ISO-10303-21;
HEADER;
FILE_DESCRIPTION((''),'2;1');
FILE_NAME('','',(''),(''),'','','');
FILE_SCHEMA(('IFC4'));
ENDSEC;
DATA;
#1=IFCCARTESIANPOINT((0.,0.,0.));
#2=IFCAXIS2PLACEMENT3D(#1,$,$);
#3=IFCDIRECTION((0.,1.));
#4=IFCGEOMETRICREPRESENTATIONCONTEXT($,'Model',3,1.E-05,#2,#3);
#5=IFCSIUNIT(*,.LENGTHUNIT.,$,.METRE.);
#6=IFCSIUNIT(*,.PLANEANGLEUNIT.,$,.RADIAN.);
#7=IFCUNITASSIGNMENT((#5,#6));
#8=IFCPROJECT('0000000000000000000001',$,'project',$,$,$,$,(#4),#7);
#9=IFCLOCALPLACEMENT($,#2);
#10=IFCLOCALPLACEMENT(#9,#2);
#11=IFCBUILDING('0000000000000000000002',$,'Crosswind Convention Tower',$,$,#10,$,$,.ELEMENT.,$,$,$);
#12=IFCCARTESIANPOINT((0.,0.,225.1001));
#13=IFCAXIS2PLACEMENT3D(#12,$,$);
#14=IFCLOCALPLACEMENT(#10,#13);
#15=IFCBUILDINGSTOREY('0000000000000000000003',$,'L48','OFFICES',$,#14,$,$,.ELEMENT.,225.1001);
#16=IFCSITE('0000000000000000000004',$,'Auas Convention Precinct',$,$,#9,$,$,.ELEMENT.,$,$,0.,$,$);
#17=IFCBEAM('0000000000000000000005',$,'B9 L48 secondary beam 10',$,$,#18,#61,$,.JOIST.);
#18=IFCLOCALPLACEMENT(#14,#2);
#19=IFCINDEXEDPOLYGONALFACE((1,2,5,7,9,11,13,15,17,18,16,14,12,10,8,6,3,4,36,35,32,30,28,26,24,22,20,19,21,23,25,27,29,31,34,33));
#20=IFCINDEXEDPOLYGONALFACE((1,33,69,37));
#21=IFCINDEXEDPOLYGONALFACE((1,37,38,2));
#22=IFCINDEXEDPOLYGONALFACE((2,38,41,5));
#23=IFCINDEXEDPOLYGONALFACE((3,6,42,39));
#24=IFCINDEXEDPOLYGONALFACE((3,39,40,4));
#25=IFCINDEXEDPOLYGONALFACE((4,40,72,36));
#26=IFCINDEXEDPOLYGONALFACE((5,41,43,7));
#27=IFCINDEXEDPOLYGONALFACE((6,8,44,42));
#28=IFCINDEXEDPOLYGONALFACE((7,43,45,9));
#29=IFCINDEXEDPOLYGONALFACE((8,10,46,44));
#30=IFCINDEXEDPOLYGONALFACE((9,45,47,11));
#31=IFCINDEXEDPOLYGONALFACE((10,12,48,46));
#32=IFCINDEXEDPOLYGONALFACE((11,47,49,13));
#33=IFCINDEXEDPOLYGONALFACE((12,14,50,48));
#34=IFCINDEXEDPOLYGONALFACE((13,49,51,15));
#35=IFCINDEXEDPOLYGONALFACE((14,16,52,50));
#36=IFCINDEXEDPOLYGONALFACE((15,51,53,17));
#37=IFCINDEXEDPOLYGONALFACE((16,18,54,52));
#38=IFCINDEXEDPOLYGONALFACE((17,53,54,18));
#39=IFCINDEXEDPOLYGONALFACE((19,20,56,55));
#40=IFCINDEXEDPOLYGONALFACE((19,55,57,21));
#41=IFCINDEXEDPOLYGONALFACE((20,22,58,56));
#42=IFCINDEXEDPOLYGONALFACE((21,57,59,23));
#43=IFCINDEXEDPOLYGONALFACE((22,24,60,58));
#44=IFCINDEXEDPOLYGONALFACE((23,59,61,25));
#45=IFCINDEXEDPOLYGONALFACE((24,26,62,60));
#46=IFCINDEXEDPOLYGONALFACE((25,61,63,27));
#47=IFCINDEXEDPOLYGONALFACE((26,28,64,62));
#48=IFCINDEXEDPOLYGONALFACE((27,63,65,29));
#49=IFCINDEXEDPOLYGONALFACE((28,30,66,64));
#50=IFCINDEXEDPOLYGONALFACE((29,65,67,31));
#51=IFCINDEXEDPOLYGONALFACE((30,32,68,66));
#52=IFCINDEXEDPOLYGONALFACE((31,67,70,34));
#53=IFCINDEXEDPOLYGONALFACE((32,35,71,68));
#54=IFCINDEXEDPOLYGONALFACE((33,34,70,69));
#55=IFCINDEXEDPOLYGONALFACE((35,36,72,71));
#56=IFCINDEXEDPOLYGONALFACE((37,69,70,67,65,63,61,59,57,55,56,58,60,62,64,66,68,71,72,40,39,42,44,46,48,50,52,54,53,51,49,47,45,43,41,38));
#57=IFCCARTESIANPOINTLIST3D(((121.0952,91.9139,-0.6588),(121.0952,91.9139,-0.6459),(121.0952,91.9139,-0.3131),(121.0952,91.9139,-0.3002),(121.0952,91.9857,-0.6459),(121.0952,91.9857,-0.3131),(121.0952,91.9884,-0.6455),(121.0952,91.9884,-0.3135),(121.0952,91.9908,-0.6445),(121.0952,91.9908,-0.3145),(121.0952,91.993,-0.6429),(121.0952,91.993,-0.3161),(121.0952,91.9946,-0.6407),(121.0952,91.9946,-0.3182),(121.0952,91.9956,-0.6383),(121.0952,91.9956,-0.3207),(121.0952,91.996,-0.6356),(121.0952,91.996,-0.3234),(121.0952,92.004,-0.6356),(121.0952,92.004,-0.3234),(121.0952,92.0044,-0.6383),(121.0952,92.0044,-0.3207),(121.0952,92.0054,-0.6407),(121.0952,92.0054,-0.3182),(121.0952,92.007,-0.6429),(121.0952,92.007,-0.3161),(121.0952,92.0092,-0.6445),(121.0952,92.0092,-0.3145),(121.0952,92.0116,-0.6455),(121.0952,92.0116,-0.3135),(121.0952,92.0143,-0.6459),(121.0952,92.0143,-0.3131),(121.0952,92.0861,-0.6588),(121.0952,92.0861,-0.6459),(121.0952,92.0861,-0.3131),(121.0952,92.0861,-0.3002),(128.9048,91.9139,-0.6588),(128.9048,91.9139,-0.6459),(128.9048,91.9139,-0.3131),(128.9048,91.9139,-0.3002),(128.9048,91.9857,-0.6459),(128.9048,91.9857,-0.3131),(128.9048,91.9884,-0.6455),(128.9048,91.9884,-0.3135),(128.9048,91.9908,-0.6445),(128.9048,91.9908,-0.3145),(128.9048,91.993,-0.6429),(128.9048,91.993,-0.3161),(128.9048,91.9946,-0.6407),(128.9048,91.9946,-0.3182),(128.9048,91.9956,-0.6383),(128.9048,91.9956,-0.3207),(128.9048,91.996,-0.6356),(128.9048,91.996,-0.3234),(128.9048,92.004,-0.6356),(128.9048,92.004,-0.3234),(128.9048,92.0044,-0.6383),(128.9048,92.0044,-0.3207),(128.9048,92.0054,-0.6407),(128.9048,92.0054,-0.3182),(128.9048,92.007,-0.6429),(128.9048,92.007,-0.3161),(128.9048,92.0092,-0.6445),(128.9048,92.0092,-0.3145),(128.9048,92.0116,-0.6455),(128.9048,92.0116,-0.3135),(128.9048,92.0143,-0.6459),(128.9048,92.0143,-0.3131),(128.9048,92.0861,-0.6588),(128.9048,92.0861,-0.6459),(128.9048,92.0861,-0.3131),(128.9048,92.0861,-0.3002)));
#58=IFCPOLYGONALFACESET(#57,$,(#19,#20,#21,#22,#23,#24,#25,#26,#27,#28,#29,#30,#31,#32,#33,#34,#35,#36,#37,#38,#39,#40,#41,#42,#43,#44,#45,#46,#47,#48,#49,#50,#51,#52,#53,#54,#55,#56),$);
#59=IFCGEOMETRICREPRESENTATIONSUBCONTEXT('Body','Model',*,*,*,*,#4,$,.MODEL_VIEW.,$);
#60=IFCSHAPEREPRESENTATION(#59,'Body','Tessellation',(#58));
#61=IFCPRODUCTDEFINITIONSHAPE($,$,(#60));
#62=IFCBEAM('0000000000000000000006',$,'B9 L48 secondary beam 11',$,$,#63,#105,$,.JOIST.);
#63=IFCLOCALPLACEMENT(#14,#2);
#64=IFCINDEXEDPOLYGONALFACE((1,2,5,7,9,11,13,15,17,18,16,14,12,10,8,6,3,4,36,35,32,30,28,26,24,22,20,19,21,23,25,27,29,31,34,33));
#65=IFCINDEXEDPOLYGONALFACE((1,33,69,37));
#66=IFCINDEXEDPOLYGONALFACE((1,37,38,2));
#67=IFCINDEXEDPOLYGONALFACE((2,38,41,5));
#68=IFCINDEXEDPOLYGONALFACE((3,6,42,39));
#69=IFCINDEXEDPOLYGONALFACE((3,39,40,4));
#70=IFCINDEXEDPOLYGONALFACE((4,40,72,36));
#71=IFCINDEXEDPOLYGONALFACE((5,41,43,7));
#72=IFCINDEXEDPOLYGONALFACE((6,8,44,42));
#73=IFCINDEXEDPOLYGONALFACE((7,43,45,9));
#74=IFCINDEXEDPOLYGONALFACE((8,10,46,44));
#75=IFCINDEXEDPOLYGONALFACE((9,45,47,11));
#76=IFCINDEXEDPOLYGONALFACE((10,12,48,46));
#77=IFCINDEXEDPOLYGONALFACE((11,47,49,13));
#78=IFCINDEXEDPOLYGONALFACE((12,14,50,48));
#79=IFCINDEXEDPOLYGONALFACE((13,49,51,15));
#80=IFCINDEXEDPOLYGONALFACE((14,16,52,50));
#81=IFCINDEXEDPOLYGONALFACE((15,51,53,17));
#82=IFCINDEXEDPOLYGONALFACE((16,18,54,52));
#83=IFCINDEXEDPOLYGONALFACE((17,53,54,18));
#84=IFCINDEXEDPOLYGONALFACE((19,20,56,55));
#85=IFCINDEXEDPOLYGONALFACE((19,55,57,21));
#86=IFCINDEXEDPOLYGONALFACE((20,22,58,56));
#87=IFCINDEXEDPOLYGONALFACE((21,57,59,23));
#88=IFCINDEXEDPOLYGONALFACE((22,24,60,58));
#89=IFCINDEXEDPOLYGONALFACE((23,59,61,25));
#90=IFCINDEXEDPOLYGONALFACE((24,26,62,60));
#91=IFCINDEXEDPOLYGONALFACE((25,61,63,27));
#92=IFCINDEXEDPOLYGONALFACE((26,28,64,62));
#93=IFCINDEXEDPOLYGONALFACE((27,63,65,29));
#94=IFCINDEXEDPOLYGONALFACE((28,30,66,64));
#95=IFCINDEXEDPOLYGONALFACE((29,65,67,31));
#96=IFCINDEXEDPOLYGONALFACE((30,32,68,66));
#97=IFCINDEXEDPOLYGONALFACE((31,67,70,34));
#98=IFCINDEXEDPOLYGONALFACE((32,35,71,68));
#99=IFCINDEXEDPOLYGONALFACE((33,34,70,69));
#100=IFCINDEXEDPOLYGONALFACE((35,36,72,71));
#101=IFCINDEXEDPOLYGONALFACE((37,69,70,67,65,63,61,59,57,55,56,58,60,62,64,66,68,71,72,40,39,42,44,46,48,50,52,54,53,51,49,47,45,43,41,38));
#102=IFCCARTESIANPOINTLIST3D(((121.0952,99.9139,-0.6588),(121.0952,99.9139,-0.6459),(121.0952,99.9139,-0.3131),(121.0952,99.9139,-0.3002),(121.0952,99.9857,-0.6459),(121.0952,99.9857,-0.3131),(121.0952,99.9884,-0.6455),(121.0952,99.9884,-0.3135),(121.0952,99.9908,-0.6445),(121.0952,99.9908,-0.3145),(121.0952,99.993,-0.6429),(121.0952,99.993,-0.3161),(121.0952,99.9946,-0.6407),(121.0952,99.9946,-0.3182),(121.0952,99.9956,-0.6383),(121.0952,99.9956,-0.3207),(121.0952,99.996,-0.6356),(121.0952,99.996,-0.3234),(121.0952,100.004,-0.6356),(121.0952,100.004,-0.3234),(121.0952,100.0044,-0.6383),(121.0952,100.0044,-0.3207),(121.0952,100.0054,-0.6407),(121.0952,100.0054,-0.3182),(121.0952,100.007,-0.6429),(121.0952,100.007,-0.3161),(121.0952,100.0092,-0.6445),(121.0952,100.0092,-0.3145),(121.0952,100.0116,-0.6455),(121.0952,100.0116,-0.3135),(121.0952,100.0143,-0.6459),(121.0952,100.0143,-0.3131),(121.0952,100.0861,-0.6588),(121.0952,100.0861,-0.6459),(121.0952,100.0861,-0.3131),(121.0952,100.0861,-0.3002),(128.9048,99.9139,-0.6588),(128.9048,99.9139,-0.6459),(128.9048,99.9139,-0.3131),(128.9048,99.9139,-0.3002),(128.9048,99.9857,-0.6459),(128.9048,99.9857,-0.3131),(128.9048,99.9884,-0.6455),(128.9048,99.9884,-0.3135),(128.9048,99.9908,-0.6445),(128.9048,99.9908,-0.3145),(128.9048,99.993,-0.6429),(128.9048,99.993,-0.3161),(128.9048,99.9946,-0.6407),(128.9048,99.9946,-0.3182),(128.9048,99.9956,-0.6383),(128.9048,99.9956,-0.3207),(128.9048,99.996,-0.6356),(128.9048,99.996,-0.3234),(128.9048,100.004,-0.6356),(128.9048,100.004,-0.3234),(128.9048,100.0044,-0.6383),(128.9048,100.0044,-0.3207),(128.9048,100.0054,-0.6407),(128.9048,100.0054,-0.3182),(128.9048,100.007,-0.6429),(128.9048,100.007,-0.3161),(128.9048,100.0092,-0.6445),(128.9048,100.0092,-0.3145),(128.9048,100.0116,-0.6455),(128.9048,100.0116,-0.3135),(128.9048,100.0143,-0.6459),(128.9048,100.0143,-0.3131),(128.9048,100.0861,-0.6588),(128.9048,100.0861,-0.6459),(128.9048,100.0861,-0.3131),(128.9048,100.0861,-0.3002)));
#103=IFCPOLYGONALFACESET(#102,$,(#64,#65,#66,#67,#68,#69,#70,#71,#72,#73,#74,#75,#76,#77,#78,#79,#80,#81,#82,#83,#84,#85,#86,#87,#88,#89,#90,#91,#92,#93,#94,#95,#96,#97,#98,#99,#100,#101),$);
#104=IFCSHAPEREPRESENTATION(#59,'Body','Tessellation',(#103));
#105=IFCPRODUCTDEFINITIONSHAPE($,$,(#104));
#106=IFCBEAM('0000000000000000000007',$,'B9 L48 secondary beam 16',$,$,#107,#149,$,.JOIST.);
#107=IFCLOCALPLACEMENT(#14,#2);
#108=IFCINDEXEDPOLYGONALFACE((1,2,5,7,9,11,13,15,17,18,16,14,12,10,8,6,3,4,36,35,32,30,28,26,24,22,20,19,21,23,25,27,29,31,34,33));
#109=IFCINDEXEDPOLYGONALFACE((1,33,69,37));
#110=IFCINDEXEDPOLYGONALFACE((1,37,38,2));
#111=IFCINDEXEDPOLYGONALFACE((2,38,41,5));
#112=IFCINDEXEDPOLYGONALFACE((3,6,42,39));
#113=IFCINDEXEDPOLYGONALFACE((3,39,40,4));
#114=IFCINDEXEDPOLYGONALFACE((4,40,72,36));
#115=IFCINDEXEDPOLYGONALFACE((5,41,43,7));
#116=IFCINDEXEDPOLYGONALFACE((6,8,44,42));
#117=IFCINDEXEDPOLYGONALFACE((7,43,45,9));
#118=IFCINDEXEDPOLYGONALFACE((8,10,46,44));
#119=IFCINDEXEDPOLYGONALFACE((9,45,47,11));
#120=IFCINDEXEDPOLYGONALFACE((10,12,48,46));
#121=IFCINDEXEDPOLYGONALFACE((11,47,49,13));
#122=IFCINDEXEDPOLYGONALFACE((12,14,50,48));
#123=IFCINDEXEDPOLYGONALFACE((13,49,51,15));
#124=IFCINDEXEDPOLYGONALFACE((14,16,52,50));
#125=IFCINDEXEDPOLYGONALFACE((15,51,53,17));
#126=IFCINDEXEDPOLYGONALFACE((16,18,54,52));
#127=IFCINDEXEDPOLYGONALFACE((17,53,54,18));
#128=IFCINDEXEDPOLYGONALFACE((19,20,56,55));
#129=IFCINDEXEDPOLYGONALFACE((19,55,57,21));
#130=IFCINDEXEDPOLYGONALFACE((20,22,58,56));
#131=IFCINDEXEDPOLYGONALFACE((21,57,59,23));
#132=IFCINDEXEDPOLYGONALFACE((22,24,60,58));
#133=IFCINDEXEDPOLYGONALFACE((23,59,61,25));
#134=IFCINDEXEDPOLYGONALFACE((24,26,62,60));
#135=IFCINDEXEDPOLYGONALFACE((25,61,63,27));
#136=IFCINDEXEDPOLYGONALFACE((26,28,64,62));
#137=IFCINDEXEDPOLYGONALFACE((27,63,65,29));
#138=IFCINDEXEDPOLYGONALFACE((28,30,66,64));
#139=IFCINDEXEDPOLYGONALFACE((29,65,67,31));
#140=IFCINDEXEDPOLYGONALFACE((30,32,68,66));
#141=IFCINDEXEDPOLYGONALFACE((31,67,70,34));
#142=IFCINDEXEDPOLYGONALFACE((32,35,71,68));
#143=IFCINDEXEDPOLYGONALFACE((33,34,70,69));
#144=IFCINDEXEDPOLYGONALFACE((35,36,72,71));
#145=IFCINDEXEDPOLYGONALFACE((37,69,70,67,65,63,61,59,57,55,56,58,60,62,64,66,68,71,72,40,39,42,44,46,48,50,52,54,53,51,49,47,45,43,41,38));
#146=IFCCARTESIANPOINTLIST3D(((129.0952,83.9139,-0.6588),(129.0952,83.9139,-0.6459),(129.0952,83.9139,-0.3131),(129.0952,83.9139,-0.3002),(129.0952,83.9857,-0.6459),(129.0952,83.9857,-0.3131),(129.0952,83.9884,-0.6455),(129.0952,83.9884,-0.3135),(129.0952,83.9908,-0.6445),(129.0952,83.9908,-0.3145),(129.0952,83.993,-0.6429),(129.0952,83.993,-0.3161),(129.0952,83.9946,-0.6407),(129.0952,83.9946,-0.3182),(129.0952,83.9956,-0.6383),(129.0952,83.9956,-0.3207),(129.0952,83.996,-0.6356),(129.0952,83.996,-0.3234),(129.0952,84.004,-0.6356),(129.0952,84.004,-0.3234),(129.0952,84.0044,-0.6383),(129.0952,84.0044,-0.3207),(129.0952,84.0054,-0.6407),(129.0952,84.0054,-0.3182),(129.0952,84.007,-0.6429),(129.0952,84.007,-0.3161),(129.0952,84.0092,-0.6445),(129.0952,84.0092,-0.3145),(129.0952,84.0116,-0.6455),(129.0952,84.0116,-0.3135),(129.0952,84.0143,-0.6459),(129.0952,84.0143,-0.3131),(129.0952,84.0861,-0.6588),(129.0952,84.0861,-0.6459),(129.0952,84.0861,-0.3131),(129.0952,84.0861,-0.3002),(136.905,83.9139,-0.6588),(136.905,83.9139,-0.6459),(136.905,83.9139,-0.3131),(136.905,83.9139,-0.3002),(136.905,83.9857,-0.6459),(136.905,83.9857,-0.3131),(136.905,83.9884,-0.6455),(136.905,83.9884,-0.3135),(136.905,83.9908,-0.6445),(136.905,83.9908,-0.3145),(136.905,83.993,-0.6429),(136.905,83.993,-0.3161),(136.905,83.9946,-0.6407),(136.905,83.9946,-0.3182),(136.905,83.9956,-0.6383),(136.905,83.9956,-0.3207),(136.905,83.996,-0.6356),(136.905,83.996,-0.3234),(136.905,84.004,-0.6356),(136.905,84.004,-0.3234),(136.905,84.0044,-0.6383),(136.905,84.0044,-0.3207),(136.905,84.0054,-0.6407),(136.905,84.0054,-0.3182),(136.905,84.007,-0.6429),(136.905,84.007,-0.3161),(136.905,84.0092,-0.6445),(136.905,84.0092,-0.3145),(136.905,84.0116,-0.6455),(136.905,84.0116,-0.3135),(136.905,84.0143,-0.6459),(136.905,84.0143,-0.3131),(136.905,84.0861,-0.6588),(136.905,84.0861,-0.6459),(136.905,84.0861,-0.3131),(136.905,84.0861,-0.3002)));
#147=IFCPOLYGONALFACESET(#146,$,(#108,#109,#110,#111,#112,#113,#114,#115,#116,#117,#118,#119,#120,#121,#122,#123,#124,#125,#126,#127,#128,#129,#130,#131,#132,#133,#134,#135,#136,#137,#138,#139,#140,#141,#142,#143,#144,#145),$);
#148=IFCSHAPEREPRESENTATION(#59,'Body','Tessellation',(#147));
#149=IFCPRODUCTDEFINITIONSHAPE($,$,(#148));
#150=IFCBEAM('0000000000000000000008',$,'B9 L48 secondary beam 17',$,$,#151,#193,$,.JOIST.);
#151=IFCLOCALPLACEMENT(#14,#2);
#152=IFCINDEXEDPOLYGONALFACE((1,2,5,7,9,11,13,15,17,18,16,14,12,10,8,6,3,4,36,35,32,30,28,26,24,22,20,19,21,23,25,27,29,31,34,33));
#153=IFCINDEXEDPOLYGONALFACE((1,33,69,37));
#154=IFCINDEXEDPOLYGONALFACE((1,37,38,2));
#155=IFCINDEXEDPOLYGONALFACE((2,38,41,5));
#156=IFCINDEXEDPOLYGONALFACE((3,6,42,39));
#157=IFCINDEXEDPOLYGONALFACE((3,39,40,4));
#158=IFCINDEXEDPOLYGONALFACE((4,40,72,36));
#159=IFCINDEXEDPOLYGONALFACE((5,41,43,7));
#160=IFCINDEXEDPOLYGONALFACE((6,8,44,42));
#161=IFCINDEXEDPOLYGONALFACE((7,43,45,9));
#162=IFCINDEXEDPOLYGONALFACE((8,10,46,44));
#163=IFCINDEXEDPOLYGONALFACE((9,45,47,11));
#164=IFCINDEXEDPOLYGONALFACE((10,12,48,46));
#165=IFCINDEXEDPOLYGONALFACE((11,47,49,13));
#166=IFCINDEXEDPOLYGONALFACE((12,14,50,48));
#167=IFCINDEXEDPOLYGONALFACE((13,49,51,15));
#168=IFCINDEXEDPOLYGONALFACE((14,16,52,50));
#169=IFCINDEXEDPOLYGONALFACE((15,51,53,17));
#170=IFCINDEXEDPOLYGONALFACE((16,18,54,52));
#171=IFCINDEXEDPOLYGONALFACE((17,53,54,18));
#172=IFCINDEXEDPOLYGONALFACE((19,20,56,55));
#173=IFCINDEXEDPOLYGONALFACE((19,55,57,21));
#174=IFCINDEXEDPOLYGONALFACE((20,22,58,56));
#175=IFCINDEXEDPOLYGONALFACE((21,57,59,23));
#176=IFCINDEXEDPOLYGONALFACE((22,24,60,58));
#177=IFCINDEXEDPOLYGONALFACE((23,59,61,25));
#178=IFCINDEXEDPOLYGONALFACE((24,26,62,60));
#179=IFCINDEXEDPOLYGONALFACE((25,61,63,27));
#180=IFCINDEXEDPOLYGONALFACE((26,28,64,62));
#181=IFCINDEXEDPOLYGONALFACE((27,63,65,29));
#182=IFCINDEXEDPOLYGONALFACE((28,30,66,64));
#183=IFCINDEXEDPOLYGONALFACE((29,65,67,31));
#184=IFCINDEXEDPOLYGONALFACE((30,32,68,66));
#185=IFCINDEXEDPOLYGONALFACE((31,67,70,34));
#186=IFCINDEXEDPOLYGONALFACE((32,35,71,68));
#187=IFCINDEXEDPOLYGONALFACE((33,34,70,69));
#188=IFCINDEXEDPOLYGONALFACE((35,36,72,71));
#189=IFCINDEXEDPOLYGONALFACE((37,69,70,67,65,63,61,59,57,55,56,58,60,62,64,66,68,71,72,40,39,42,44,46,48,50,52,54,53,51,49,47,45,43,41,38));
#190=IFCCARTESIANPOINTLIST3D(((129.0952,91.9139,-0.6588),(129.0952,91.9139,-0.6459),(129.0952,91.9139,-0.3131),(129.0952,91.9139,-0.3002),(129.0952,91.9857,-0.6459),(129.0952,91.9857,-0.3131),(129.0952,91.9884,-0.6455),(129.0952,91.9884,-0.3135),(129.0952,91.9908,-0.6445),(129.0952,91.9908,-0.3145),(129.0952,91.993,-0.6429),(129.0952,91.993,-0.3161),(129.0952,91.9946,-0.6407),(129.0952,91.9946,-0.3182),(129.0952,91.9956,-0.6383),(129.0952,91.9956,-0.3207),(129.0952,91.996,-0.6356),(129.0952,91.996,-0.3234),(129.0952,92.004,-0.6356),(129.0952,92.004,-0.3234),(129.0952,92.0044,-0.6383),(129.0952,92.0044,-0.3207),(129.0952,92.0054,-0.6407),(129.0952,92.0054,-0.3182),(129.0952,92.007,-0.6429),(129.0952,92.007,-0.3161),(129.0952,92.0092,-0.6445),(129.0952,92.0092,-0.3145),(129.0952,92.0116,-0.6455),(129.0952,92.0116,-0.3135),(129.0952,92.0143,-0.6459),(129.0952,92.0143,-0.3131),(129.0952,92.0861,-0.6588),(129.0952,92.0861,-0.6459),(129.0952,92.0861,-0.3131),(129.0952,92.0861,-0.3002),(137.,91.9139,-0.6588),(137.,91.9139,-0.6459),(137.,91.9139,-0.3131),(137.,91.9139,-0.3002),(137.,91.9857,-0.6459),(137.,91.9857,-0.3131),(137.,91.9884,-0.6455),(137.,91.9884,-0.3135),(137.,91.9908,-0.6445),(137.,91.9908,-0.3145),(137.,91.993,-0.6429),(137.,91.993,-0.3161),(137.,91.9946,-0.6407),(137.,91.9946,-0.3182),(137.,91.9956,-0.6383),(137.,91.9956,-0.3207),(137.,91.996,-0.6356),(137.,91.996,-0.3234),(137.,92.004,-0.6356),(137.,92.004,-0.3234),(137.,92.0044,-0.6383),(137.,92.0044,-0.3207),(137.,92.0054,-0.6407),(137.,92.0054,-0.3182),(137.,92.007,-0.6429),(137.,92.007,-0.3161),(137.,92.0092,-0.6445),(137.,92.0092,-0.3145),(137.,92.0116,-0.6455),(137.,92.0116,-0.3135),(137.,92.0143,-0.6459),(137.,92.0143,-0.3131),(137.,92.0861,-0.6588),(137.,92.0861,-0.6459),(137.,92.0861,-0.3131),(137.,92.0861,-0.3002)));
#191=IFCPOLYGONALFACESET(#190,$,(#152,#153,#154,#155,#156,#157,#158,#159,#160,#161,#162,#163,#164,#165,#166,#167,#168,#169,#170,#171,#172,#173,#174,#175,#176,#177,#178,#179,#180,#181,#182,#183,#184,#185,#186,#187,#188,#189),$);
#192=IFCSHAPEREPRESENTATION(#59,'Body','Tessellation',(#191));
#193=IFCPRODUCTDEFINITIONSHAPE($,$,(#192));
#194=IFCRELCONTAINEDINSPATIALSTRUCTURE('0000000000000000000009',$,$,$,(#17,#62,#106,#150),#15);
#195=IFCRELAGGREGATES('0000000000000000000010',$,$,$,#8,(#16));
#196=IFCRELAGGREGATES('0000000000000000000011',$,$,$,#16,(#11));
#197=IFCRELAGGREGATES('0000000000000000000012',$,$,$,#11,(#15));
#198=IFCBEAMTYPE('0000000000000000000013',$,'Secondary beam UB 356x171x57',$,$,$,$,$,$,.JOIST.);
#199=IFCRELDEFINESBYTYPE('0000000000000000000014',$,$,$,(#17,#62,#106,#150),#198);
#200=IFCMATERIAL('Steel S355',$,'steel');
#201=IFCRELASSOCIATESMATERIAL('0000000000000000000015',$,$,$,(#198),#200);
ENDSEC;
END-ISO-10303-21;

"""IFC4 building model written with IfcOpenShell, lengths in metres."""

from ifc_helpers import new_model, si_unit, direction, frame, origin, origin_2d, place, context, subcontext, project, spatial, i_section, extrude, material, material_profile, profile_set, type_object, element, save


model = new_model("IFC4")

# Units and contexts
model_context = context("Model", 3, precision=1e-05, world=origin(), true_north=direction((0.0, 1.0)))
body_context = subcontext(model_context, "Body", "Model", "MODEL_VIEW")
ifc_project = project(units=[si_unit("LENGTHUNIT", "METRE"), si_unit("PLANEANGLEUNIT", "RADIAN")], contexts=[model_context])

# Site, building, storey
site_placement = place(None, origin())
site = spatial("IfcSite", under=ifc_project, at=site_placement, Name="Auas Convention Precinct", CompositionType="ELEMENT", RefElevation=0.0)
building_placement = place(site_placement, origin())
building = spatial("IfcBuilding", under=site, at=building_placement, Name="Crosswind Convention Tower", CompositionType="ELEMENT")
storey_placement = place(building_placement, frame((0.0, 0.0, 225.1001)))
storey = spatial("IfcBuildingStorey", under=building, at=storey_placement, Name="L48", Description="OFFICES", CompositionType="ELEMENT", Elevation=225.1001)

# Beams
ifc_material_1 = material(Name="Steel S355", Category="steel")
ifc_material_profile_1 = material_profile(ifc_material_1, i_section(OverallWidth=0.1721, OverallDepth=0.3586, WebThickness=0.0081, FlangeThickness=0.0129, FilletRadius=0.0103, at=origin_2d()), Name="UB 356x171x57")
ifc_profile_set_1 = profile_set([ifc_material_profile_1], Name="Steel S355")
beam_type_1 = type_object("IfcBeamType", Name="Secondary beam UB 356x171x57", PredefinedType="JOIST", material=ifc_profile_set_1)
for number, where, z_axis, x_axis, name in (
    (1, (121.0952, 92.0, -0.4795), (1.0, 0.0, 0.0), (0.0, 1.0, 0.0), "B9 L48 secondary beam 10"),
    (2, (121.0952, 100.0, -0.4795), (1.0, 0.0, 0.0), (0.0, 1.0, 0.0), "B9 L48 secondary beam 11"),
):
    element("IfcBeam", number, at=place(storey_placement, frame(where, z_axis=z_axis, x_axis=x_axis)), inside=storey, type_object=beam_type_1, Name=name, PredefinedType="JOIST", context=body_context, shape_type="SweptSolid", body=[
        extrude(i_section(OverallWidth=0.1721, OverallDepth=0.3586, WebThickness=0.0081, FlangeThickness=0.0129, FilletRadius=0.0103, at=origin_2d()), origin(), (0.0, 0.0, 1.0), 7.8096),
    ])
beam_placement = place(storey_placement, frame((129.0952, 84.0, -0.4795), z_axis=(1.0, 0.0, 0.0), x_axis=(0.0, 1.0, 0.0)))
element("IfcBeam", 3, at=beam_placement, inside=storey, type_object=beam_type_1, Name="B9 L48 secondary beam 16", PredefinedType="JOIST", context=body_context, shape_type="SweptSolid", body=[
    extrude(i_section(OverallWidth=0.1721, OverallDepth=0.3586, WebThickness=0.0081, FlangeThickness=0.0129, FilletRadius=0.0103, at=origin_2d()), origin(), (0.0, 0.0, 1.0), 7.8098),
])
for number, where, z_axis, x_axis, name in (
    (4, (129.0952, 92.0, -0.4795), (1.0, 0.0, 0.0), (0.0, 1.0, 0.0), "B9 L48 secondary beam 17"),
):
    element("IfcBeam", number, at=place(storey_placement, frame(where, z_axis=z_axis, x_axis=x_axis)), inside=storey, type_object=beam_type_1, Name=name, PredefinedType="JOIST", context=body_context, shape_type="SweptSolid", body=[
        extrude(i_section(OverallWidth=0.1721, OverallDepth=0.3586, WebThickness=0.0081, FlangeThickness=0.0129, FilletRadius=0.0103, at=origin_2d()), origin(), (0.0, 0.0, 1.0), 7.9048),
    ])

save(model, "model.ifc")
